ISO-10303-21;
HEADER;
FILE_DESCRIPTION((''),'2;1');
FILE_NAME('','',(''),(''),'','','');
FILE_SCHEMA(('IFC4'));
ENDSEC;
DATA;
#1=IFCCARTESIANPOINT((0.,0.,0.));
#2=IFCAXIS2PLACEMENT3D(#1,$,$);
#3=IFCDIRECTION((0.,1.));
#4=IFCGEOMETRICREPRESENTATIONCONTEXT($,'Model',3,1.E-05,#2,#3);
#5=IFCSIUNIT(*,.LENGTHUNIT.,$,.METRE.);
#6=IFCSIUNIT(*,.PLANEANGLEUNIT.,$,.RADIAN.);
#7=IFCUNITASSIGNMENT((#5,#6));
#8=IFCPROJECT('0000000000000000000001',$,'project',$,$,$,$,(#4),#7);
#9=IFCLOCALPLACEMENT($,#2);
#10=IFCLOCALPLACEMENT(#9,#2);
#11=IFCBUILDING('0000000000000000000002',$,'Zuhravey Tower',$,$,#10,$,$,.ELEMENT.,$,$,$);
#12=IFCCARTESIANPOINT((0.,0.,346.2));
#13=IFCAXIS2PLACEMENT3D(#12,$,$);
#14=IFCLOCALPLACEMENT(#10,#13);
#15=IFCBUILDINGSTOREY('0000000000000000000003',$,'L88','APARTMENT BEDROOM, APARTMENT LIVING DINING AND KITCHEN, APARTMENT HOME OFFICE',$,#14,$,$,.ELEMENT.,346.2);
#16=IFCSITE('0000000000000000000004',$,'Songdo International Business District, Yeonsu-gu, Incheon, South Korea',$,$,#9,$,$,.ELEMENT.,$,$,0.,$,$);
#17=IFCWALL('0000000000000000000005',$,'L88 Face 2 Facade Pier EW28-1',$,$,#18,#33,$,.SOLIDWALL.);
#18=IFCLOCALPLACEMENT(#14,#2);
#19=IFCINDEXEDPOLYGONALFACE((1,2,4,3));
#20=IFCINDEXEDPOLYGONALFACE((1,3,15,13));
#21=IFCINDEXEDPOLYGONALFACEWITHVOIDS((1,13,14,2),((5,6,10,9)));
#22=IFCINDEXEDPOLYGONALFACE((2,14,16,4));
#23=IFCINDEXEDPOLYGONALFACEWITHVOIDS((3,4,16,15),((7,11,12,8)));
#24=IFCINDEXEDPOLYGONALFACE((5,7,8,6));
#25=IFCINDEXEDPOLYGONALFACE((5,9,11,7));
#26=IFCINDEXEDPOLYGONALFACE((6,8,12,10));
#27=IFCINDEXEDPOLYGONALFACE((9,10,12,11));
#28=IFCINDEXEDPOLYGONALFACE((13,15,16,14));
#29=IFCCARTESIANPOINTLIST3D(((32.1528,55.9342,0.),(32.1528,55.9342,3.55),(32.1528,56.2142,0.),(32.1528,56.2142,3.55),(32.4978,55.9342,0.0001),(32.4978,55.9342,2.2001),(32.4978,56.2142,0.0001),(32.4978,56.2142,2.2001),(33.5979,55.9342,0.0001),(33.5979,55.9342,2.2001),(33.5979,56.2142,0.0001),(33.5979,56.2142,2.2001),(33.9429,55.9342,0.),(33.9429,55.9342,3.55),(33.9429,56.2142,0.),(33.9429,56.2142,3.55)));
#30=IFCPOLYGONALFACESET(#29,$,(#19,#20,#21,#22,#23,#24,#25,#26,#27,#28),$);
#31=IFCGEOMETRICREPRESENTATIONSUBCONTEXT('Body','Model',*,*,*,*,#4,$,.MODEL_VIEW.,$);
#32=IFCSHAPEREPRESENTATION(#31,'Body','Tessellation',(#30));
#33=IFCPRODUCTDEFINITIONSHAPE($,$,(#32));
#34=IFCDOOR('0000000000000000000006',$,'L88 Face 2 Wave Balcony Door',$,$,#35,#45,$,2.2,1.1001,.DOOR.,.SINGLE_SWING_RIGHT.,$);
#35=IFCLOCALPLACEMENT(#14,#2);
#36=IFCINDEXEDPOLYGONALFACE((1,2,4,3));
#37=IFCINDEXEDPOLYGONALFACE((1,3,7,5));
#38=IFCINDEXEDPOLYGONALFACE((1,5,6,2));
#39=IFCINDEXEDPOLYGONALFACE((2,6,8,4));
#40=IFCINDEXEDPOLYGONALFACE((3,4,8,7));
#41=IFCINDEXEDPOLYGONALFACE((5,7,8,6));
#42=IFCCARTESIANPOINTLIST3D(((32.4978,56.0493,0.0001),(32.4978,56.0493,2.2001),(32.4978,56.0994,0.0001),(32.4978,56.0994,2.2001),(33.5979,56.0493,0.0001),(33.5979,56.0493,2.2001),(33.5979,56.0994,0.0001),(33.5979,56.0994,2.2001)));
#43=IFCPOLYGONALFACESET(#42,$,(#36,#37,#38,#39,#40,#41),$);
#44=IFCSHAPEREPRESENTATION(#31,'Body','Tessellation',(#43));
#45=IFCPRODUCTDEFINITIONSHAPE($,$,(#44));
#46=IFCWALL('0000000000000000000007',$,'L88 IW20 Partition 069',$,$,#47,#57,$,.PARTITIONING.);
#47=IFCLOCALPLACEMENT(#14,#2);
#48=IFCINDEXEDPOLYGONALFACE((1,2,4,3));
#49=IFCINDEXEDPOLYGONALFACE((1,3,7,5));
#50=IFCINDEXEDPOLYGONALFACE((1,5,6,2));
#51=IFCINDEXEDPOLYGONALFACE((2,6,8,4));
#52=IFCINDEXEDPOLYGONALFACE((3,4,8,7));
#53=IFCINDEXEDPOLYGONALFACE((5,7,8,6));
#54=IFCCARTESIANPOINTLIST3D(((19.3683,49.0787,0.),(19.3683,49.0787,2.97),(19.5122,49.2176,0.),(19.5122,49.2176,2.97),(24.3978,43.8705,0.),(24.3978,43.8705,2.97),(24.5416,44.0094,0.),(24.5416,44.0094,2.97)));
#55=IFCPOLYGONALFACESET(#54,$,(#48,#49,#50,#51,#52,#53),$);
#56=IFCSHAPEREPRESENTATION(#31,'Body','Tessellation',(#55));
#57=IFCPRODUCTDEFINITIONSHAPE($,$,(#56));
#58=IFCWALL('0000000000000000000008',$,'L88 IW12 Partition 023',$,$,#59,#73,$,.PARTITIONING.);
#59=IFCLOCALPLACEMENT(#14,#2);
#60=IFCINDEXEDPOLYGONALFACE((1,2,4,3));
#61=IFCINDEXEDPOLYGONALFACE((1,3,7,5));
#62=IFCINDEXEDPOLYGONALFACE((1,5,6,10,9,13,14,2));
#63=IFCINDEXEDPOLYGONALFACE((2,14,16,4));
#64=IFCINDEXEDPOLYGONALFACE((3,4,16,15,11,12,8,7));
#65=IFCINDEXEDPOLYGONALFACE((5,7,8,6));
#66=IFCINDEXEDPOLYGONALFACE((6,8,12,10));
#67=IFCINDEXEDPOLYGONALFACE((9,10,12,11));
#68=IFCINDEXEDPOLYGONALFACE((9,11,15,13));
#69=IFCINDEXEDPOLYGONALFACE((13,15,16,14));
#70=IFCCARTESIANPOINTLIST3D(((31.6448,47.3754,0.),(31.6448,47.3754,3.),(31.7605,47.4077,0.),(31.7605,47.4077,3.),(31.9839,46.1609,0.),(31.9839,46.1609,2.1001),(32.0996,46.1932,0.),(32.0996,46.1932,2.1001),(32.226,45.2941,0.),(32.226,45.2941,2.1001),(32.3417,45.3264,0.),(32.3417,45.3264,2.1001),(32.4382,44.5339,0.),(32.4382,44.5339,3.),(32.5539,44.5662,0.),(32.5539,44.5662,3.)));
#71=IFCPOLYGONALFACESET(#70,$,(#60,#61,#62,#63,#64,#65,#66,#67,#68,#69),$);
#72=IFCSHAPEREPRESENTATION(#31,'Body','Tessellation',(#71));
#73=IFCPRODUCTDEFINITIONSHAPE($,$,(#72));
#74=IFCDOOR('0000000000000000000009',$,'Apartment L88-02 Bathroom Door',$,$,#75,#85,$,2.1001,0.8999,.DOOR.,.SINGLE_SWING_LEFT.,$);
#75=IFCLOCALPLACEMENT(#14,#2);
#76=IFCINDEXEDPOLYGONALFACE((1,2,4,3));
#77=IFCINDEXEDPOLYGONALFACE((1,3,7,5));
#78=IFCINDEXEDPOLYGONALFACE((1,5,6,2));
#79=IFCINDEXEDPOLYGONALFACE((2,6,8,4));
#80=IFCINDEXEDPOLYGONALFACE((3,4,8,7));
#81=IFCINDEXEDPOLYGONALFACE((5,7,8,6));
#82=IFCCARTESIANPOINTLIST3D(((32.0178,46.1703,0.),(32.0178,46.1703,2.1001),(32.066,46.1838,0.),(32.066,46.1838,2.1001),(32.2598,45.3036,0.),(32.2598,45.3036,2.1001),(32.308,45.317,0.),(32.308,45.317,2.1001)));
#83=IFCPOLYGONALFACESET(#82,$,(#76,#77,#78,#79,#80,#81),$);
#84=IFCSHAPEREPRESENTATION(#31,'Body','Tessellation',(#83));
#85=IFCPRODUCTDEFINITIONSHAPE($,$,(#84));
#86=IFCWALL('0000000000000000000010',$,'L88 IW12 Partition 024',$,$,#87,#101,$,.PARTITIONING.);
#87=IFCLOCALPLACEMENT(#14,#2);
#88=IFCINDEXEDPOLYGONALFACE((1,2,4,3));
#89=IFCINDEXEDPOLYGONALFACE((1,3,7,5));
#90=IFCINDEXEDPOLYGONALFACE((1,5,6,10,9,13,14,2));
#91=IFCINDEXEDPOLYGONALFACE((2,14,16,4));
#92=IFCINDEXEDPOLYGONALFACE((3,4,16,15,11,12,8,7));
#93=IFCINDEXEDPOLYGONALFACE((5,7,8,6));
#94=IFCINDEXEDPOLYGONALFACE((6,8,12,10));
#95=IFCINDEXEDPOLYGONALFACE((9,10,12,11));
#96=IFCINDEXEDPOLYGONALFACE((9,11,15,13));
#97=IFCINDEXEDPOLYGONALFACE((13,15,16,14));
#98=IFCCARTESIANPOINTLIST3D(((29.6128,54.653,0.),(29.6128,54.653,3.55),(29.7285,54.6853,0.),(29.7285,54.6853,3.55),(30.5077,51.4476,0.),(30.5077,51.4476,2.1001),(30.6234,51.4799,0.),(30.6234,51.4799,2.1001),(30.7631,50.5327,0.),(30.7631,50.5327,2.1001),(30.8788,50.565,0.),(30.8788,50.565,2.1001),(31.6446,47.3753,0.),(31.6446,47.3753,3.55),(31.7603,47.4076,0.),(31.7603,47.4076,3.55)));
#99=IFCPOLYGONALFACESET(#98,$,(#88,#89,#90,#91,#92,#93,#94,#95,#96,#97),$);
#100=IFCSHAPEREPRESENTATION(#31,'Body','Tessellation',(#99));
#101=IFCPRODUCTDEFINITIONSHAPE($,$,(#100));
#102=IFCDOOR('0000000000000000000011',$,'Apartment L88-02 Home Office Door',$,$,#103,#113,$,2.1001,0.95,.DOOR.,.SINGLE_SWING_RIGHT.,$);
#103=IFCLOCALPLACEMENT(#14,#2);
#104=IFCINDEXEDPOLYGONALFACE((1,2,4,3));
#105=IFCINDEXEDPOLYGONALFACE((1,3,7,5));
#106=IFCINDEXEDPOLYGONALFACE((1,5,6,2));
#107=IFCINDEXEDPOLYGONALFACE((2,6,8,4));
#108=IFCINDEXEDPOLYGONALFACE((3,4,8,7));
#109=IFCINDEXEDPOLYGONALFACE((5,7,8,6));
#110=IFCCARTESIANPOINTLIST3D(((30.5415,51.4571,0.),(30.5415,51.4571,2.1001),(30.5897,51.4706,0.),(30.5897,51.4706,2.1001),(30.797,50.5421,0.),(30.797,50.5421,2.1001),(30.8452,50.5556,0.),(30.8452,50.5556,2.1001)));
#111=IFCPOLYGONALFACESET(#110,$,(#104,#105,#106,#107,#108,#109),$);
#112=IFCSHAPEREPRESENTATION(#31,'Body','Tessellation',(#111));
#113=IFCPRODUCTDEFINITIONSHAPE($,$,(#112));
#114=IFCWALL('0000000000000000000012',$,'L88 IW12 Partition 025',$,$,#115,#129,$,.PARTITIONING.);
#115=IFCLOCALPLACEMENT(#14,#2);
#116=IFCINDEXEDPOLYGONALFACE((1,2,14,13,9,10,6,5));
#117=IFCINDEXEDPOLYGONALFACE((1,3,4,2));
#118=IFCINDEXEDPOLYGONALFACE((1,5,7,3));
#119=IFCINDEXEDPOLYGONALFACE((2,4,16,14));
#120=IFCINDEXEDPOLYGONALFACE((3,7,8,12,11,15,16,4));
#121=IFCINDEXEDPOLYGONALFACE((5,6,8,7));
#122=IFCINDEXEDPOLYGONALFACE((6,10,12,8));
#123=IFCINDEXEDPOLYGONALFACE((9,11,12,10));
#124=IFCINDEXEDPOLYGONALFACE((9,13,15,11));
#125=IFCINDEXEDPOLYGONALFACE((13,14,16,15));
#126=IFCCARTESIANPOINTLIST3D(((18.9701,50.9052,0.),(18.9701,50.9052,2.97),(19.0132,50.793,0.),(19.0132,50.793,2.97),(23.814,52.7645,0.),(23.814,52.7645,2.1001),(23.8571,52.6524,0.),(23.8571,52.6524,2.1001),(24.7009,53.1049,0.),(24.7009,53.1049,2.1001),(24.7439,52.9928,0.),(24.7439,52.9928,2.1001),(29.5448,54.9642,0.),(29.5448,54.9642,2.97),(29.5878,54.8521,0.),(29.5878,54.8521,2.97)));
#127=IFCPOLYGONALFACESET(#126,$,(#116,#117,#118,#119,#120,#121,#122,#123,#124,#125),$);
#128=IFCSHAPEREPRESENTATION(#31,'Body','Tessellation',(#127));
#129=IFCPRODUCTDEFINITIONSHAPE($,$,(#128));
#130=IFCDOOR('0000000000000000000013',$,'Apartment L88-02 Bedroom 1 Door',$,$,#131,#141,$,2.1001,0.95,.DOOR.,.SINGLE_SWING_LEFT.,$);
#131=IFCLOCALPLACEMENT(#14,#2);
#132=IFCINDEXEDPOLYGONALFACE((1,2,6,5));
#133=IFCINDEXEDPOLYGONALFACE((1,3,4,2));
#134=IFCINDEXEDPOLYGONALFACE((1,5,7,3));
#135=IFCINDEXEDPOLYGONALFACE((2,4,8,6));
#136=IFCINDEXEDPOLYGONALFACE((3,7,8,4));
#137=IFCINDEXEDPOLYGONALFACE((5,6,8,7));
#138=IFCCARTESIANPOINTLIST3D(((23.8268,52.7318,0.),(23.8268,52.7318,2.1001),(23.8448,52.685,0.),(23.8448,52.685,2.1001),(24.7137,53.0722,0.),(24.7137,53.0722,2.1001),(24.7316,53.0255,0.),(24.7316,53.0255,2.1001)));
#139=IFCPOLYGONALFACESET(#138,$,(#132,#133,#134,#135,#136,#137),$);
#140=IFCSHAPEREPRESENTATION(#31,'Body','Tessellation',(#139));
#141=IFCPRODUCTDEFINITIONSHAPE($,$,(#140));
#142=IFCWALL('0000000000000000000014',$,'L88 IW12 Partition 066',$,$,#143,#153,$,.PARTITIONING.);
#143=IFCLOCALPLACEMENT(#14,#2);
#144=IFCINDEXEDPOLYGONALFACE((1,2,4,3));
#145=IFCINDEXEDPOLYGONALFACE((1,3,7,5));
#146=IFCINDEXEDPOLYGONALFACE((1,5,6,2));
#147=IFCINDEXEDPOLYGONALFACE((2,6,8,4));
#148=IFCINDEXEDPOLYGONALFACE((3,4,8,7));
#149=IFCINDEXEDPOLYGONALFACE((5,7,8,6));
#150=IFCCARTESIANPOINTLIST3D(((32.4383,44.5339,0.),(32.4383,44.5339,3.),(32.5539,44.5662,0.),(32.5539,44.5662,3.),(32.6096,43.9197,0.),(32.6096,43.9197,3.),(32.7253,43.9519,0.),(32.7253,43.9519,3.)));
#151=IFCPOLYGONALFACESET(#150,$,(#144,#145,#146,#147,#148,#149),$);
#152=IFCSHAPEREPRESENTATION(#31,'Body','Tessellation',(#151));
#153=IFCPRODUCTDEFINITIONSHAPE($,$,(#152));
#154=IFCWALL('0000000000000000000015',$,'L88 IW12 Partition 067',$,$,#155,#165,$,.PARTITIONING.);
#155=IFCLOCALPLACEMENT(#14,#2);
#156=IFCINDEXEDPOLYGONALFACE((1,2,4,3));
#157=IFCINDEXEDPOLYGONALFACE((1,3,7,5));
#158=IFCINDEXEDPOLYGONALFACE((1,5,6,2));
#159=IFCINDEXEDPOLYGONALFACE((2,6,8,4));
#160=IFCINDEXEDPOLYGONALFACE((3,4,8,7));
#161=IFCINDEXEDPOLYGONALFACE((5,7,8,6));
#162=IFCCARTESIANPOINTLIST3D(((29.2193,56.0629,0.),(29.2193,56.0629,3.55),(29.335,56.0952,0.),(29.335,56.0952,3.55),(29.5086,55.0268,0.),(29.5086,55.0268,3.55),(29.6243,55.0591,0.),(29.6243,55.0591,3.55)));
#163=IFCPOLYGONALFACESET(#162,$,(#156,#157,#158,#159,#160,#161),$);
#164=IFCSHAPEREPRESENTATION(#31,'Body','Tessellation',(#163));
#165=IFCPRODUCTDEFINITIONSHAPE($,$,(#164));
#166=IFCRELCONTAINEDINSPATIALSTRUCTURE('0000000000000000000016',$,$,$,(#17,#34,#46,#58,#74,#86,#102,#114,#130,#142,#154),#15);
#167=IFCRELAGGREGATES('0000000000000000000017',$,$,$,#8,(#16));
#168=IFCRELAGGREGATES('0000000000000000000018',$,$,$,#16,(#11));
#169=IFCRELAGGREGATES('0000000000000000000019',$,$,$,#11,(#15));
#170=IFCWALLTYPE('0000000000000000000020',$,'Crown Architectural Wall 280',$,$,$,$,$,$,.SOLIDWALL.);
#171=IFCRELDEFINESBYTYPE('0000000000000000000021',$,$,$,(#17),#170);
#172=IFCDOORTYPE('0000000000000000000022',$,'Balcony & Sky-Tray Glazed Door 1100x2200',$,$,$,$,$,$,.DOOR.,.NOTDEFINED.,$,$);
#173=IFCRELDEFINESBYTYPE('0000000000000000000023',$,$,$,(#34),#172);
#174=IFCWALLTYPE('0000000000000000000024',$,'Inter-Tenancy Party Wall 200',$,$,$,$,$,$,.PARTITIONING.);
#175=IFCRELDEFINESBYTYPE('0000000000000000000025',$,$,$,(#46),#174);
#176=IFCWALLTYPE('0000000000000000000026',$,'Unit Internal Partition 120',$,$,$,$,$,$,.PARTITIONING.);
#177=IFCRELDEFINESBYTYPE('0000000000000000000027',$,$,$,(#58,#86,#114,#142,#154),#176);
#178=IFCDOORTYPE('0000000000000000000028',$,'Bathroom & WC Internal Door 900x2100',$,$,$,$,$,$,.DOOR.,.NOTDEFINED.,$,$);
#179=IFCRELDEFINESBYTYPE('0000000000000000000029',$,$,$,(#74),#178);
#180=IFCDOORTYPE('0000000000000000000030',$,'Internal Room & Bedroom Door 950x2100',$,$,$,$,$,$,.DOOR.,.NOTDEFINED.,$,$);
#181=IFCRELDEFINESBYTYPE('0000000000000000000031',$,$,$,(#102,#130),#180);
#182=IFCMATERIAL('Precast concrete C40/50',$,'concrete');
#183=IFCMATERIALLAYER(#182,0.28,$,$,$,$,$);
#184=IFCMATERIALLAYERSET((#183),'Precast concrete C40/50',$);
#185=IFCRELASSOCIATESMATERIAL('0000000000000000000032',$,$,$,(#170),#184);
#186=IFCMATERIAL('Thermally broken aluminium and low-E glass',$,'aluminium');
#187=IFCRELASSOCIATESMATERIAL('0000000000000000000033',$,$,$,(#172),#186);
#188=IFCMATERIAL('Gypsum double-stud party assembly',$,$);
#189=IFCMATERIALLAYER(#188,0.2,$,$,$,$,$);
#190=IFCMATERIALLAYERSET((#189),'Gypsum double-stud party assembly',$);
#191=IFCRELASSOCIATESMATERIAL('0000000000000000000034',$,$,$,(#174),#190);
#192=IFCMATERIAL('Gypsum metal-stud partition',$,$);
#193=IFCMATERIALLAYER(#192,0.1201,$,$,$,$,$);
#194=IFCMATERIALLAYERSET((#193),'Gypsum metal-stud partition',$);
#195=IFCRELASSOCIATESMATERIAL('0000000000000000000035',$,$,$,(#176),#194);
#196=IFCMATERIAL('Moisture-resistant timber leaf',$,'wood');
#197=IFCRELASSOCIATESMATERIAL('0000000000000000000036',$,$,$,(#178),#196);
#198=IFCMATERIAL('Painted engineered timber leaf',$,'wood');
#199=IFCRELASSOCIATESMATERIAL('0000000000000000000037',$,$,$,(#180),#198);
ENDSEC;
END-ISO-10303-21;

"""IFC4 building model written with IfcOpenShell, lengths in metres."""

from ifc_helpers import new_model, si_unit, direction, frame, frame_2d, origin, place, context, subcontext, project, spatial, rectangle, extrude, material, layer, layer_set, type_object, element, fill, save


model = new_model("IFC4")

# Units and contexts
model_context = context("Model", 3, precision=1e-05, world=origin(), true_north=direction((0.0, 1.0)))
body_context = subcontext(model_context, "Body", "Model", "MODEL_VIEW")
ifc_project = project(units=[si_unit("LENGTHUNIT", "METRE"), si_unit("PLANEANGLEUNIT", "RADIAN")], contexts=[model_context])

# Site, building, storey
site_placement = place(None, origin())
site = spatial("IfcSite", under=ifc_project, at=site_placement, Name="Songdo International Business District, Yeonsu-gu, Incheon, South Korea", CompositionType="ELEMENT", RefElevation=0.0)
building_placement = place(site_placement, origin())
building = spatial("IfcBuilding", under=site, at=building_placement, Name="Zuhravey Tower", CompositionType="ELEMENT")
storey_placement = place(building_placement, frame((0.0, 0.0, 346.2)))
storey = spatial("IfcBuildingStorey", under=building, at=storey_placement, Name="L88", Description="APARTMENT BEDROOM, APARTMENT LIVING DINING AND KITCHEN, APARTMENT HOME OFFICE", CompositionType="ELEMENT", Elevation=346.2)

# Wall, opening, door
ifc_material_1 = material(Name="Precast concrete C40/50", Category="concrete")
ifc_layer_1 = layer(ifc_material_1, 0.28)
ifc_layer_set_1 = layer_set([ifc_layer_1], Name="Precast concrete C40/50")
wall_type_1 = type_object("IfcWallType", Name="Crown Architectural Wall 280", PredefinedType="SOLIDWALL", material=ifc_layer_set_1)
wall_1_placement = place(storey_placement, frame((32.1528, 56.0742, 0.0), z_axis=(0.0, 0.0, 1.0), x_axis=(1.0, 0.0, 0.0)))
wall_1 = element("IfcWall", 1, at=wall_1_placement, inside=storey, type_object=wall_type_1, Name="L88 Face 2 Facade Pier EW28-1", PredefinedType="SOLIDWALL", context=body_context, shape_type="SweptSolid", body=[
    extrude(rectangle(XDim=1.79, YDim=0.28, at=frame_2d((0.895, 0.0))), origin(), (0.0, 0.0, 1.0), 3.55),
])
opening_1_placement = place(wall_1_placement, frame((0.345, 0.0, 0.0)))
opening_1 = element("IfcOpeningElement", 2, at=opening_1_placement, cuts=wall_1, PredefinedType="OPENING", context=body_context, shape_type="SweptSolid", body=[
    extrude(rectangle(XDim=1.1001, YDim=2.2, at=frame_2d((0.55, 1.1001))), frame((0.0, 0.1521, 0.0), z_axis=(0.0, -1.0, 0.0), x_axis=(1.0, 0.0, 0.0)), (0.0, 0.0, 1.0), 0.304),
])
ifc_material_2 = material(Name="Thermally broken aluminium and low-E glass", Category="aluminium")
door_type_1 = type_object("IfcDoorType", Name="Balcony & Sky-Tray Glazed Door 1100x2200", OperationType="NOTDEFINED", PredefinedType="DOOR", material=ifc_material_2)
door_1_placement = place(opening_1_placement, frame((1.1001, 0.0, 0.0), z_axis=(0.0, 0.0, 1.0), x_axis=(-1.0, 0.0, 0.0)))
door_1 = element("IfcDoor", 3, at=door_1_placement, inside=storey, type_object=door_type_1, Name="L88 Face 2 Wave Balcony Door", OperationType="SINGLE_SWING_RIGHT", OverallHeight=2.2, OverallWidth=1.1001, PredefinedType="DOOR", context=body_context, shape_type="SweptSolid", body=[
    extrude(rectangle(XDim=1.1001, YDim=2.2, at=frame_2d((0.55, 1.1001))), frame((0.0, 0.0249, 0.0), z_axis=(0.0, -1.0, 0.0), x_axis=(1.0, 0.0, 0.0)), (0.0, 0.0, 1.0), 0.05),
])
fill(opening_1, door_1)

# Wall
ifc_material_3 = material(Name="Gypsum double-stud party assembly")
ifc_layer_2 = layer(ifc_material_3, 0.2)
ifc_layer_set_2 = layer_set([ifc_layer_2], Name="Gypsum double-stud party assembly")
wall_type_2 = type_object("IfcWallType", Name="Inter-Tenancy Party Wall 200", PredefinedType="PARTITIONING", material=ifc_layer_set_2)
wall_2_placement = place(storey_placement, frame((24.4697, 43.9399, 0.0), z_axis=(0.0, 0.0, 1.0), x_axis=(-0.694658, 0.71934, 0.0)))
element("IfcWall", 4, at=wall_2_placement, inside=storey, type_object=wall_type_2, Name="L88 IW20 Partition 069", PredefinedType="PARTITIONING", context=body_context, shape_type="SweptSolid", body=[
    extrude(rectangle(XDim=7.2402, YDim=0.2, at=frame_2d((3.6201, 0.0))), origin(), (0.0, 0.0, 1.0), 2.97),
])

# Walls, openings, doors
ifc_material_4 = material(Name="Gypsum metal-stud partition")
ifc_layer_3 = layer(ifc_material_4, 0.1201)
ifc_layer_set_3 = layer_set([ifc_layer_3], Name="Gypsum metal-stud partition")
wall_type_3 = type_object("IfcWallType", Name="Unit Internal Partition 120", PredefinedType="PARTITIONING", material=ifc_layer_set_3)
wall_3_placement = place(storey_placement, frame((32.4961, 44.55, 0.0), z_axis=(0.0, 0.0, 1.0), x_axis=(-0.268945, 0.963155, 0.0)))
wall_3 = element("IfcWall", 5, at=wall_3_placement, inside=storey, type_object=wall_type_3, Name="L88 IW12 Partition 023", PredefinedType="PARTITIONING", context=body_context, shape_type="SweptSolid", body=[
    extrude(rectangle(XDim=2.9502, YDim=0.1201, at=frame_2d((1.4751, 0.0))), origin(), (0.0, 0.0, 1.0), 3.0),
])
opening_2_placement = place(wall_3_placement, frame((0.7893, 0.0, 0.0)))
opening_2 = element("IfcOpeningElement", 6, at=opening_2_placement, cuts=wall_3, PredefinedType="OPENING", context=body_context, shape_type="SweptSolid", body=[
    extrude(rectangle(XDim=0.8999, YDim=2.1001, at=frame_2d((0.45, 1.05))), frame((0.0, 0.072, 0.0), z_axis=(0.0, -1.0, 0.0), x_axis=(1.0, 0.0, 0.0)), (0.0, 0.0, 1.0), 0.144),
])
ifc_material_5 = material(Name="Moisture-resistant timber leaf", Category="wood")
door_type_2 = type_object("IfcDoorType", Name="Bathroom & WC Internal Door 900x2100", OperationType="NOTDEFINED", PredefinedType="DOOR", material=ifc_material_5)
door_2_placement = place(opening_2_placement, origin())
door_2 = element("IfcDoor", 7, at=door_2_placement, inside=storey, type_object=door_type_2, Name="Apartment L88-02 Bathroom Door", OperationType="SINGLE_SWING_LEFT", OverallHeight=2.1001, OverallWidth=0.8999, PredefinedType="DOOR", context=body_context, shape_type="SweptSolid", body=[
    extrude(rectangle(XDim=0.8999, YDim=2.1001, at=frame_2d((0.45, 1.05))), frame((0.0, 0.0249, 0.0), z_axis=(0.0, -1.0, 0.0), x_axis=(1.0, 0.0, 0.0)), (0.0, 0.0, 1.0), 0.05),
])
fill(opening_2, door_2)
wall_4_placement = place(storey_placement, frame((31.7024, 47.3916, 0.0), z_axis=(0.0, 0.0, 1.0), x_axis=(-0.268895, 0.963169, 0.0)))
wall_4 = element("IfcWall", 8, at=wall_4_placement, inside=storey, type_object=wall_type_3, Name="L88 IW12 Partition 024", PredefinedType="PARTITIONING", context=body_context, shape_type="SweptSolid", body=[
    extrude(rectangle(XDim=7.5559, YDim=0.1201, at=frame_2d((3.7778, 0.0))), origin(), (0.0, 0.0, 1.0), 3.55),
])
opening_3_placement = place(wall_4_placement, frame((3.2778, 0.0, 0.0)))
opening_3 = element("IfcOpeningElement", 9, at=opening_3_placement, cuts=wall_4, PredefinedType="OPENING", context=body_context, shape_type="SweptSolid", body=[
    extrude(rectangle(XDim=0.95, YDim=2.1001, at=frame_2d((0.4751, 1.05))), frame((0.0, 0.072, 0.0), z_axis=(0.0, -1.0, 0.0), x_axis=(1.0, 0.0, 0.0)), (0.0, 0.0, 1.0), 0.144),
])
ifc_material_6 = material(Name="Painted engineered timber leaf", Category="wood")
door_type_3 = type_object("IfcDoorType", Name="Internal Room & Bedroom Door 950x2100", OperationType="NOTDEFINED", PredefinedType="DOOR", material=ifc_material_6)
door_3_placement = place(opening_3_placement, origin())
door_3 = element("IfcDoor", 10, at=door_3_placement, inside=storey, type_object=door_type_3, Name="Apartment L88-02 Home Office Door", OperationType="SINGLE_SWING_RIGHT", OverallHeight=2.1001, OverallWidth=0.95, PredefinedType="DOOR", context=body_context, shape_type="SweptSolid", body=[
    extrude(rectangle(XDim=0.95, YDim=2.1001, at=frame_2d((0.4751, 1.05))), frame((0.0, 0.0249, 0.0), z_axis=(0.0, -1.0, 0.0), x_axis=(1.0, 0.0, 0.0)), (0.0, 0.0, 1.0), 0.05),
])
fill(opening_3, door_3)
wall_5_placement = place(storey_placement, frame((29.5664, 54.9082, 0.0), z_axis=(0.0, 0.0, 1.0), x_axis=(-0.933585, -0.358355, 0.0)))
wall_5 = element("IfcWall", 11, at=wall_5_placement, inside=storey, type_object=wall_type_3, Name="L88 IW12 Partition 025", PredefinedType="PARTITIONING", context=body_context, shape_type="SweptSolid", body=[
    extrude(rectangle(XDim=11.3269, YDim=0.1201, at=frame_2d((5.6636, 0.0))), origin(), (0.0, 0.0, 1.0), 2.97),
])
opening_4_placement = place(wall_5_placement, frame((5.1885, 0.0, 0.0)))
opening_4 = element("IfcOpeningElement", 12, at=opening_4_placement, cuts=wall_5, PredefinedType="OPENING", context=body_context, shape_type="SweptSolid", body=[
    extrude(rectangle(XDim=0.95, YDim=2.1001, at=frame_2d((0.4751, 1.05))), frame((0.0, 0.072, 0.0), z_axis=(0.0, -1.0, 0.0), x_axis=(1.0, 0.0, 0.0)), (0.0, 0.0, 1.0), 0.144),
])
door_4_placement = place(opening_4_placement, frame((0.95, 0.0, 0.0), z_axis=(0.0, 0.0, 1.0), x_axis=(-1.0, 0.0, 0.0)))
door_4 = element("IfcDoor", 13, at=door_4_placement, inside=storey, type_object=door_type_3, Name="Apartment L88-02 Bedroom 1 Door", OperationType="SINGLE_SWING_LEFT", OverallHeight=2.1001, OverallWidth=0.95, PredefinedType="DOOR", context=body_context, shape_type="SweptSolid", body=[
    extrude(rectangle(XDim=0.95, YDim=2.1001, at=frame_2d((0.4751, 1.05))), frame((0.0, 0.0249, 0.0), z_axis=(0.0, -1.0, 0.0), x_axis=(1.0, 0.0, 0.0)), (0.0, 0.0, 1.0), 0.05),
])
fill(opening_4, door_4)

# Walls
wall_6_placement = place(storey_placement, frame((32.6675, 43.9358, 0.0), z_axis=(0.0, 0.0, 1.0), x_axis=(-0.268749, 0.96321, 0.0)))
element("IfcWall", 14, at=wall_6_placement, inside=storey, type_object=wall_type_3, Name="L88 IW12 Partition 066", PredefinedType="PARTITIONING", context=body_context, shape_type="SweptSolid", body=[
    extrude(rectangle(XDim=0.6377, YDim=0.1201, at=frame_2d((0.3188, 0.0))), origin(), (0.0, 0.0, 1.0), 3.0),
])
wall_7_placement = place(storey_placement, frame((29.5664, 55.043, 0.0), z_axis=(0.0, 0.0, 1.0), x_axis=(-0.268931, 0.963159, 0.0)))
element("IfcWall", 15, at=wall_7_placement, inside=storey, type_object=wall_type_3, Name="L88 IW12 Partition 067", PredefinedType="PARTITIONING", context=body_context, shape_type="SweptSolid", body=[
    extrude(rectangle(XDim=1.0757, YDim=0.1201, at=frame_2d((0.5378, 0.0))), origin(), (0.0, 0.0, 1.0), 3.55),
])

save(model, "model.ifc")
